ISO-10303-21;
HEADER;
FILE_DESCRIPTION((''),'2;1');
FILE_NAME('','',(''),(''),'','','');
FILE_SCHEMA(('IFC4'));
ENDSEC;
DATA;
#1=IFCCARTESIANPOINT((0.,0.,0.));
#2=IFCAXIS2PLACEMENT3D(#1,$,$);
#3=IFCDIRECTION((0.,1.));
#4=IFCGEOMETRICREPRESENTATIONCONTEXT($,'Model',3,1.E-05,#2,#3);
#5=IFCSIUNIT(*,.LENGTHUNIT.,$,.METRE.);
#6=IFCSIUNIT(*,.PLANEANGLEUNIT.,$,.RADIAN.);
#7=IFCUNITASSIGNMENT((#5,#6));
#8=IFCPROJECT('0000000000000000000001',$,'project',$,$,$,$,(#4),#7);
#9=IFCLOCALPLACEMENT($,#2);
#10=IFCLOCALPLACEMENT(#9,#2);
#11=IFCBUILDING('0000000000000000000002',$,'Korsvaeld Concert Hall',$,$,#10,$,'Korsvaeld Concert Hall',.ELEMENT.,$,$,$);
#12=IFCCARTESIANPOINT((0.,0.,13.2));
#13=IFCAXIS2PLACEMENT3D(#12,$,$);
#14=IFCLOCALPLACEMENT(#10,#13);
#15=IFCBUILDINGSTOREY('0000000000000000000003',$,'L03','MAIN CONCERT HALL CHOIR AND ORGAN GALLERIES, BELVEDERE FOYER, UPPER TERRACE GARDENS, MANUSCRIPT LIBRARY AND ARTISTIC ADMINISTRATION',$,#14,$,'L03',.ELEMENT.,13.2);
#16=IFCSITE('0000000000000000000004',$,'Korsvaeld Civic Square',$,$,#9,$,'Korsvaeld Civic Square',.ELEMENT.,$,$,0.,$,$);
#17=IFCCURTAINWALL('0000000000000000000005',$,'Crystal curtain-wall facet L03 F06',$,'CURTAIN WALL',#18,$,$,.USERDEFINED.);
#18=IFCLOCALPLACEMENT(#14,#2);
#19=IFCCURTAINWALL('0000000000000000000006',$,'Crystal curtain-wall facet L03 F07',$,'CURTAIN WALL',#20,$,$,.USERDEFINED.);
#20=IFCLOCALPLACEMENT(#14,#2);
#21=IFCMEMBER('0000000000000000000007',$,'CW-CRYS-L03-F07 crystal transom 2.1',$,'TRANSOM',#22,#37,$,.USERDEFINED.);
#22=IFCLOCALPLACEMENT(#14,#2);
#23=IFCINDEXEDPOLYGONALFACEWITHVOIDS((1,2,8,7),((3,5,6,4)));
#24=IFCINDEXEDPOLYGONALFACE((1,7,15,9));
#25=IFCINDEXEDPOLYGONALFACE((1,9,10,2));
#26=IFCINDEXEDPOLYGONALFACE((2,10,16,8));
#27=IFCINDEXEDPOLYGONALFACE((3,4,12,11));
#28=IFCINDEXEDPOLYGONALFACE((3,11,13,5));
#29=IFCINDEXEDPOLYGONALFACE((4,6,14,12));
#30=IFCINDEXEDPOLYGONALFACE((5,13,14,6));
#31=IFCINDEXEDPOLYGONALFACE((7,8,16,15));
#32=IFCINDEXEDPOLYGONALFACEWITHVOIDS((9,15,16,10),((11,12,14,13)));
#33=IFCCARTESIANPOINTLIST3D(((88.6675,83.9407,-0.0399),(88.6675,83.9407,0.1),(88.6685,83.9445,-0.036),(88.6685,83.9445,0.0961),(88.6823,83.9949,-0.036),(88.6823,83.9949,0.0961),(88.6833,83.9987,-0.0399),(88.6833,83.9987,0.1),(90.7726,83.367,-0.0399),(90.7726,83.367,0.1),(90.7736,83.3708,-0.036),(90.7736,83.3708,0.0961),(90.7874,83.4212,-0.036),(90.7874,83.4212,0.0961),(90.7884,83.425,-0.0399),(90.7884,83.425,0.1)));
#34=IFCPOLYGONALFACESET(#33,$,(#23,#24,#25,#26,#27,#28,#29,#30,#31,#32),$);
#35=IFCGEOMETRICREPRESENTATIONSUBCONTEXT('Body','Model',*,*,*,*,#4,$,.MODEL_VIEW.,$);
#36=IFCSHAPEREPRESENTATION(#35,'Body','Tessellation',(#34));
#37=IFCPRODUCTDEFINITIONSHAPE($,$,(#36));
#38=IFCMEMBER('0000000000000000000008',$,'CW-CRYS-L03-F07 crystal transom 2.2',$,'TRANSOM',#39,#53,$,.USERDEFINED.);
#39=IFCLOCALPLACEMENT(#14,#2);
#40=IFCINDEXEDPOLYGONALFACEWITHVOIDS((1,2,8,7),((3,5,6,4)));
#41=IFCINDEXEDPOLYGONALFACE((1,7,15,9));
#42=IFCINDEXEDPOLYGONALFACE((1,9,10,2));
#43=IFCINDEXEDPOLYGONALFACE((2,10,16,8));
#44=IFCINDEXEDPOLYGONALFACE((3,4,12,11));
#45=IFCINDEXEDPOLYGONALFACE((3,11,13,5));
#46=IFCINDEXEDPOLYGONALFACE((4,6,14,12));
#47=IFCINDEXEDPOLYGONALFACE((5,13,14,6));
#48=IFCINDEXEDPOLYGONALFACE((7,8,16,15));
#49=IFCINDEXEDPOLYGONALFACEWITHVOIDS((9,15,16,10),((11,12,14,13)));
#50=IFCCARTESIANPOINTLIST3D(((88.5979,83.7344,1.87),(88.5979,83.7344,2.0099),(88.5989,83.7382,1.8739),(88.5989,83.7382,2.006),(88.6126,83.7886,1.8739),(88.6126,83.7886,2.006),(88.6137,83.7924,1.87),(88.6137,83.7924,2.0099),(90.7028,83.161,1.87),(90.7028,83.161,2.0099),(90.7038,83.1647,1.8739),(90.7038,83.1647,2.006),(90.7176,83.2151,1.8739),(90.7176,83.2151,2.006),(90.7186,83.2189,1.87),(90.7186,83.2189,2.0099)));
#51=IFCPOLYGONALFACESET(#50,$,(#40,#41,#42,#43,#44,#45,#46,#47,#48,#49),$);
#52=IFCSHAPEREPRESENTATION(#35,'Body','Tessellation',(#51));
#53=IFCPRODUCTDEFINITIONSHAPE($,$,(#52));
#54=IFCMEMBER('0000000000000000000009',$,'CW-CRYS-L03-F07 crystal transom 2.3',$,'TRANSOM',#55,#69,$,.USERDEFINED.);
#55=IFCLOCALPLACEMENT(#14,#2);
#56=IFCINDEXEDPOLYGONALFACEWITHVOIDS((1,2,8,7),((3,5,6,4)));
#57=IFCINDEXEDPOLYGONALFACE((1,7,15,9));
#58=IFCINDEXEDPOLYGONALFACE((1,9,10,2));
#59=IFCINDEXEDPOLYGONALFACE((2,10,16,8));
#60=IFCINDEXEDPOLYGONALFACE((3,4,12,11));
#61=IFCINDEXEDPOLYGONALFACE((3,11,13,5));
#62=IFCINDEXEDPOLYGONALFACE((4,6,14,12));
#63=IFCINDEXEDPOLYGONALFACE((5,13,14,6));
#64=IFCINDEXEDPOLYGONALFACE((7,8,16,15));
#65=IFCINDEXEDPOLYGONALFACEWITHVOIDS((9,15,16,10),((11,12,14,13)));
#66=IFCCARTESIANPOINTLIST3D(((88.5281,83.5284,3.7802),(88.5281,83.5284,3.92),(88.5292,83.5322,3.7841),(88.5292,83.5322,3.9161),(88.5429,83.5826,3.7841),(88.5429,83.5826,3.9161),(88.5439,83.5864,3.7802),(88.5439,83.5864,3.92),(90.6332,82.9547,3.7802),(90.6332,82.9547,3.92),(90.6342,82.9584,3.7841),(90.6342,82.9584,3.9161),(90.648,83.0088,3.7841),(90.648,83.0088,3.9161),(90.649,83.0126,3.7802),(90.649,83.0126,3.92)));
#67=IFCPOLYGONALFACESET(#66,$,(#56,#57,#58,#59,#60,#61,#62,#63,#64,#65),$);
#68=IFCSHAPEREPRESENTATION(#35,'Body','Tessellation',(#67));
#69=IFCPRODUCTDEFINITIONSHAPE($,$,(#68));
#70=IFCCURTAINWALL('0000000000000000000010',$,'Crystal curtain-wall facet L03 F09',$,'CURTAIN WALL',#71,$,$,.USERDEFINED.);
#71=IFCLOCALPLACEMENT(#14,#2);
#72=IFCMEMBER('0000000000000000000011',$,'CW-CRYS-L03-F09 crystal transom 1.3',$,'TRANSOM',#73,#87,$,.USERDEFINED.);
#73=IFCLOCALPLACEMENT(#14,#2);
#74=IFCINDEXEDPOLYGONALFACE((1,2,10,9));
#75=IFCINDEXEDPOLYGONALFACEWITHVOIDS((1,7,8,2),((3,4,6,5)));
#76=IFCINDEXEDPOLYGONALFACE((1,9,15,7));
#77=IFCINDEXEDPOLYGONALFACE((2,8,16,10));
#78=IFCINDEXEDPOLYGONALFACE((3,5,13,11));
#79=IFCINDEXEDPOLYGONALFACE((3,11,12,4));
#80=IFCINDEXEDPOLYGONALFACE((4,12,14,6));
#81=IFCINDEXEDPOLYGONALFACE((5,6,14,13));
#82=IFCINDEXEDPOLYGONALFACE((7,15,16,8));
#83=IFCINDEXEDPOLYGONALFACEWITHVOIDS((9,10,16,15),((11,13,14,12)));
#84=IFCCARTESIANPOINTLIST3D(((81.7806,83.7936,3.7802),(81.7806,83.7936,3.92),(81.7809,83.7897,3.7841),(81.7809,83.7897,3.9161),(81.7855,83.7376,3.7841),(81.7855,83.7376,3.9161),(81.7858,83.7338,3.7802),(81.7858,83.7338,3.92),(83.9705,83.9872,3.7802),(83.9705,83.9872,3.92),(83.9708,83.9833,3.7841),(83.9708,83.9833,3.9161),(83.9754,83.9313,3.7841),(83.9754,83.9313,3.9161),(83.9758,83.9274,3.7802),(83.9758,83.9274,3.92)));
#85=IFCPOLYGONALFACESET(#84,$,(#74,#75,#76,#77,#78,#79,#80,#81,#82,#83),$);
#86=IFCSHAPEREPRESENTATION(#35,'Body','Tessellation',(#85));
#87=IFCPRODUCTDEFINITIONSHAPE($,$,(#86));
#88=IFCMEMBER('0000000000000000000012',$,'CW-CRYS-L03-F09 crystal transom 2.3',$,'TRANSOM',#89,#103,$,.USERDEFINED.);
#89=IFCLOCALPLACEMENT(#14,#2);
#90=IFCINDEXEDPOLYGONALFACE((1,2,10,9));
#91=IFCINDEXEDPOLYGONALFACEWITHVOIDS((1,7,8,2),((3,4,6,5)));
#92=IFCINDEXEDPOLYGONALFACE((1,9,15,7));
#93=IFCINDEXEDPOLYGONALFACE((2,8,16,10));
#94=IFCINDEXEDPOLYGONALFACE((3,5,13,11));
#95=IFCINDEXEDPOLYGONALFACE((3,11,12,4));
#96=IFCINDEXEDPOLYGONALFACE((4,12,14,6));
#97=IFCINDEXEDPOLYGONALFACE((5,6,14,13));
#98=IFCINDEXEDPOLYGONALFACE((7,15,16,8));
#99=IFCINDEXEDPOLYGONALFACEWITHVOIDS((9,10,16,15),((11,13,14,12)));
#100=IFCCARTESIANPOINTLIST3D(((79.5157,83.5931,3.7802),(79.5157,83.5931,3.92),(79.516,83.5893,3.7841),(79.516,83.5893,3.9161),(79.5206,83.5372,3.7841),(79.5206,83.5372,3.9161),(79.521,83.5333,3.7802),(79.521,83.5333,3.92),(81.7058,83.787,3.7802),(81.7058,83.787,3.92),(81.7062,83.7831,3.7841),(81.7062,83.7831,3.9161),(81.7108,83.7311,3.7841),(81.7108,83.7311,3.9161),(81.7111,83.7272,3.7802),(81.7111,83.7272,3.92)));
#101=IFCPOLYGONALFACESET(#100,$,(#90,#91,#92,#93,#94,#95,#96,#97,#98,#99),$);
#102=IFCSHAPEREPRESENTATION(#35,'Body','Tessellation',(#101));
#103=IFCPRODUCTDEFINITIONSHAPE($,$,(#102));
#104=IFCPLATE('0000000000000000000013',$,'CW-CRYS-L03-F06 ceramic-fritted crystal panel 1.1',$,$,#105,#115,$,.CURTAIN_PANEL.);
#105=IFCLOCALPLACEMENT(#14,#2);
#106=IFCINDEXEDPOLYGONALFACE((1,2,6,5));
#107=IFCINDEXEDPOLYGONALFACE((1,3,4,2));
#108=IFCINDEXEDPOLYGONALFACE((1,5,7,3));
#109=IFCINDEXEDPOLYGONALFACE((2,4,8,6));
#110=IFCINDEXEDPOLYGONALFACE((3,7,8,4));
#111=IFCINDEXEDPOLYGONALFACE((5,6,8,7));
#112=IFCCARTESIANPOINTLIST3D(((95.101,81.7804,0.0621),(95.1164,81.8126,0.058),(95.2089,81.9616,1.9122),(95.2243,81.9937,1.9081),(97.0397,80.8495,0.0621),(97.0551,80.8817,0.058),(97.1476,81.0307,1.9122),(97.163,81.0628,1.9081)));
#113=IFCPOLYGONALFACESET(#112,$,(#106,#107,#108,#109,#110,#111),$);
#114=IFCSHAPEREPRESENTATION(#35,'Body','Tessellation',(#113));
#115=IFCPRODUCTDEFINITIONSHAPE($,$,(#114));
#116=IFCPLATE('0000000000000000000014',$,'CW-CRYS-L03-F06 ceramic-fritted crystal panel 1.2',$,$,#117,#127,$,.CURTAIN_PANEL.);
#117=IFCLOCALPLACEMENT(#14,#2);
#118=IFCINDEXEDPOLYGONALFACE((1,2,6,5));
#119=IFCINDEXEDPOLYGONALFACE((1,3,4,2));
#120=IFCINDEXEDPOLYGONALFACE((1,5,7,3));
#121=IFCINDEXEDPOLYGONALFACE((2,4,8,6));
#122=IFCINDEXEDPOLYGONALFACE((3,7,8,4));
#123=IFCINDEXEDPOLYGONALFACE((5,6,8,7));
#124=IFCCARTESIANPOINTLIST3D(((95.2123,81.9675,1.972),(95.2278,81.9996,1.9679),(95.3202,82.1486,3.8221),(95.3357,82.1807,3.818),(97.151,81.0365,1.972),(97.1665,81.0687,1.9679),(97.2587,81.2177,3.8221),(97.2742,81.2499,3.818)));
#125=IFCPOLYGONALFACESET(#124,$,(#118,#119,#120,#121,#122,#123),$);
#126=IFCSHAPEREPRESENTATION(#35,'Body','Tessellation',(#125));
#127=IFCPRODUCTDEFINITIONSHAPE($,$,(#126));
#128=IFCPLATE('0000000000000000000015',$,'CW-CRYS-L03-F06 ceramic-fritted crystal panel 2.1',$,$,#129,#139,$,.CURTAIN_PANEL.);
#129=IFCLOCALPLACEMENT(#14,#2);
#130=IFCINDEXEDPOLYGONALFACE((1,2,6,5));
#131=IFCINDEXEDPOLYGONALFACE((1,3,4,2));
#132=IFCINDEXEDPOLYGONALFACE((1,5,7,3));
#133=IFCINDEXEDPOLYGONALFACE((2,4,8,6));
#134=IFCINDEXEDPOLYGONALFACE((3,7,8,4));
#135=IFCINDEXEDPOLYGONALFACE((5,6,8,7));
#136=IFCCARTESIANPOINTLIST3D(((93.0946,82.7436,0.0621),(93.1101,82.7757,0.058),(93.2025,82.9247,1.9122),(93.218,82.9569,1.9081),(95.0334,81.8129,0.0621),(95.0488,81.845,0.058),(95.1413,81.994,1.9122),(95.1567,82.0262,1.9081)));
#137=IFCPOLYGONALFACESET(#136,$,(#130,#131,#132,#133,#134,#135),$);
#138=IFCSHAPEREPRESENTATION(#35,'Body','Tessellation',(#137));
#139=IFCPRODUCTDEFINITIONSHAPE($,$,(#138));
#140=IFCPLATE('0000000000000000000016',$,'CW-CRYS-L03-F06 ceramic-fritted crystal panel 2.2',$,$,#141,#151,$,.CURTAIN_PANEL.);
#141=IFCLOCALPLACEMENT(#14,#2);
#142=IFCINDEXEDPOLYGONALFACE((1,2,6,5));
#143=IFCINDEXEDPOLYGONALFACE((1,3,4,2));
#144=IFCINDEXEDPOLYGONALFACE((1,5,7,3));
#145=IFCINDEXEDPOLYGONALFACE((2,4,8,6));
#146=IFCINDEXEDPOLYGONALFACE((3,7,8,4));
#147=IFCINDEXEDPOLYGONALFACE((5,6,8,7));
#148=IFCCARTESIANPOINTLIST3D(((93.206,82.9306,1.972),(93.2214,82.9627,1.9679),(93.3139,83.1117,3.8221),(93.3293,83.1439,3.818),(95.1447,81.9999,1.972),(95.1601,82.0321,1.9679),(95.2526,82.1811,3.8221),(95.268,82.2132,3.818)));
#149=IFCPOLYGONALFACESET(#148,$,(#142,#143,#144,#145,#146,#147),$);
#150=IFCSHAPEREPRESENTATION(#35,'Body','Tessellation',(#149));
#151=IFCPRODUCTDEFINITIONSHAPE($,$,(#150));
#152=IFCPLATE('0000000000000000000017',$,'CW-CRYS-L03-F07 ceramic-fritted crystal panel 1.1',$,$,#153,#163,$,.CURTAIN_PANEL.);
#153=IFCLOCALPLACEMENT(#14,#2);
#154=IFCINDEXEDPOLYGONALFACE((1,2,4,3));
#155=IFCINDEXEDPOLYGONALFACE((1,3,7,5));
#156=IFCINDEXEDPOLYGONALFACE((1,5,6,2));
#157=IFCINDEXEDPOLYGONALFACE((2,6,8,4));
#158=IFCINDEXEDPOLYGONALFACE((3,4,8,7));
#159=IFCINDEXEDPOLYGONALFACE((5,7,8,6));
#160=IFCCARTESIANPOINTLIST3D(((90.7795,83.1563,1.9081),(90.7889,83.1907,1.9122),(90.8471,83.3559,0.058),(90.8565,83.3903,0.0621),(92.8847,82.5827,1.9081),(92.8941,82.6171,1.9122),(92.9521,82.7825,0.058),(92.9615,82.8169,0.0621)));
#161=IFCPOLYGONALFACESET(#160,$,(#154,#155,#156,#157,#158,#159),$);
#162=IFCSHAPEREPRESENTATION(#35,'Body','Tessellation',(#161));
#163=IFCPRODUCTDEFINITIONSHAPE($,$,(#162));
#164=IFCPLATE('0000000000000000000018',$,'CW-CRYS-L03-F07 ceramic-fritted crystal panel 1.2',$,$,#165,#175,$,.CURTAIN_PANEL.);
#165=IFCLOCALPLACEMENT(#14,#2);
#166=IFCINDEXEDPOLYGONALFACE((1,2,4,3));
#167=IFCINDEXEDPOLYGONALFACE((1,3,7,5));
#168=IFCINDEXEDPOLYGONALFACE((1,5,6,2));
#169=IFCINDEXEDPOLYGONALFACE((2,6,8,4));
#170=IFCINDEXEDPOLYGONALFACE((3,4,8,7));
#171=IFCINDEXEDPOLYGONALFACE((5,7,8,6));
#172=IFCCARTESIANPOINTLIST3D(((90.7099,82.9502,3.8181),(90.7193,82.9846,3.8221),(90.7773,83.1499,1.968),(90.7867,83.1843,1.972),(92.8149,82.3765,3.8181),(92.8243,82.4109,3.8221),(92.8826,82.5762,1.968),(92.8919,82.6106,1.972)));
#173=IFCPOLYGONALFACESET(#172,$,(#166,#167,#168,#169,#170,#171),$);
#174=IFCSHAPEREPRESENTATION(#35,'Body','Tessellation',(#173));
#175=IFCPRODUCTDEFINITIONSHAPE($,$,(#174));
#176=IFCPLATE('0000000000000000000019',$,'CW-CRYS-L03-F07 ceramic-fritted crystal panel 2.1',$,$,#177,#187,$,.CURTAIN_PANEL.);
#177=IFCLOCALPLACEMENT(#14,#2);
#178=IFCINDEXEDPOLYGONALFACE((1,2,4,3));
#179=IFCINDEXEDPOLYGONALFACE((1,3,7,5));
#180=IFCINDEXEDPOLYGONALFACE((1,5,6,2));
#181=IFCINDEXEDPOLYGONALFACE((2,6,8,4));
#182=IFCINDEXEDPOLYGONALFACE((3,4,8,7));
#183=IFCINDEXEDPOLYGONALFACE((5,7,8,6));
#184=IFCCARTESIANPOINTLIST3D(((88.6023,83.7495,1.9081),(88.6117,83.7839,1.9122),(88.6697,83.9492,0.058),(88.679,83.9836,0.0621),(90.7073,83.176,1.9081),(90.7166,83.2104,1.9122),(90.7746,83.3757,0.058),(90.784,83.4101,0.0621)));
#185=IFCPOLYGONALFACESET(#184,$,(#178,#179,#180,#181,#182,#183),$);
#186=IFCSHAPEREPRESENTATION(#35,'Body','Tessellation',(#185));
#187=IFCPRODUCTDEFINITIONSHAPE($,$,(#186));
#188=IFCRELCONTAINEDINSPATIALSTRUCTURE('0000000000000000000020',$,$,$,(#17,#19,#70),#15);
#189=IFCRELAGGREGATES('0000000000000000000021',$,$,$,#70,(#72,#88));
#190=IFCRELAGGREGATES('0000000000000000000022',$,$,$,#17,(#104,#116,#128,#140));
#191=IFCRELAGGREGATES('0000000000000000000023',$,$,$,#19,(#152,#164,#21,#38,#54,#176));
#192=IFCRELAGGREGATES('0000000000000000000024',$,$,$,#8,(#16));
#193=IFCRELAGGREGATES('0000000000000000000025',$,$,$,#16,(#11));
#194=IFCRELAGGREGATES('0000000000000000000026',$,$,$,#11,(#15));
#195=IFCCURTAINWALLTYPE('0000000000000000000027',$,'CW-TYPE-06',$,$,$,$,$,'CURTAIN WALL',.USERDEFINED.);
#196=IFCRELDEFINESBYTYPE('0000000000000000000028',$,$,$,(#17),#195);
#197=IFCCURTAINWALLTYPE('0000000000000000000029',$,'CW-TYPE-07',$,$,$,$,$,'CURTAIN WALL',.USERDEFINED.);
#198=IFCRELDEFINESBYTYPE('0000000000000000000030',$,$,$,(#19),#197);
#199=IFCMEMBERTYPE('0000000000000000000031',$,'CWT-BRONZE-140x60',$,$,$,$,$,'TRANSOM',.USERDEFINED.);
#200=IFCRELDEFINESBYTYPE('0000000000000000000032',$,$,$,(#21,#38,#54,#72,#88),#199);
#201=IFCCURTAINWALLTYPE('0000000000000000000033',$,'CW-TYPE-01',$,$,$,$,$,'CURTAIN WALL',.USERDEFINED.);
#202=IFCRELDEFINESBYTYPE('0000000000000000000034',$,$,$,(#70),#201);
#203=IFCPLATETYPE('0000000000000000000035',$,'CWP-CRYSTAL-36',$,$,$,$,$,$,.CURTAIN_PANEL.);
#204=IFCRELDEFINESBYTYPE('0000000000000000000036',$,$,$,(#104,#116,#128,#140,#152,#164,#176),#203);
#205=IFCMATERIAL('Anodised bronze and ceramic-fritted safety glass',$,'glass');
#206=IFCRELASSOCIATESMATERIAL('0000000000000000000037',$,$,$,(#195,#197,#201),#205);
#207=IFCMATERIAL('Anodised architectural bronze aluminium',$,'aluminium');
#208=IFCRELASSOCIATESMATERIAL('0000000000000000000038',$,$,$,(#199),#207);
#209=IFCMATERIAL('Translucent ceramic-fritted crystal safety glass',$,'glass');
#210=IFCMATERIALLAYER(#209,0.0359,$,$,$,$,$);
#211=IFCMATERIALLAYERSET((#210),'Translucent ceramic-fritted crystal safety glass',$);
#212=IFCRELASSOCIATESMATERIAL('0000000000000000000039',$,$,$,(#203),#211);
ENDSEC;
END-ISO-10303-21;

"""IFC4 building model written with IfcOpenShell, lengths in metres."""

from ifc_helpers import new_model, si_unit, direction, frame, origin, origin_2d, place, context, subcontext, project, spatial, polyline, hollow_rectangle, outline, extrude, material, layer, layer_set, material_profile, profile_set, type_object, element, aggregate, save


model = new_model("IFC4")

# Units and contexts
model_context = context("Model", 3, precision=1e-05, world=origin(), true_north=direction((0.0, 1.0)))
body_context = subcontext(model_context, "Body", "Model", "MODEL_VIEW")
ifc_project = project(units=[si_unit("LENGTHUNIT", "METRE"), si_unit("PLANEANGLEUNIT", "RADIAN")], contexts=[model_context])

# Site, building, storey
site_placement = place(None, origin())
site = spatial("IfcSite", under=ifc_project, at=site_placement, Name="Korsvaeld Civic Square", LongName="Korsvaeld Civic Square", CompositionType="ELEMENT", RefElevation=0.0)
building_placement = place(site_placement, origin())
building = spatial("IfcBuilding", under=site, at=building_placement, Name="Korsvaeld Concert Hall", LongName="Korsvaeld Concert Hall", CompositionType="ELEMENT")
storey_placement = place(building_placement, frame((0.0, 0.0, 13.2)))
storey = spatial("IfcBuildingStorey", under=building, at=storey_placement, Name="L03", Description="MAIN CONCERT HALL CHOIR AND ORGAN GALLERIES, BELVEDERE FOYER, UPPER TERRACE GARDENS, MANUSCRIPT LIBRARY AND ARTISTIC ADMINISTRATION", LongName="L03", CompositionType="ELEMENT", Elevation=13.2)

# Curtain wall
ifc_material_1 = material(Name="Anodised bronze and ceramic-fritted safety glass", Category="glass")
curtain_wall_type_1 = type_object("IfcCurtainWallType", Name="CW-TYPE-06", ElementType="CURTAIN WALL", PredefinedType="USERDEFINED", material=ifc_material_1)
curtain_wall_1_placement = place(storey_placement, origin())
curtain_wall_1 = element("IfcCurtainWall", 1, at=curtain_wall_1_placement, inside=storey, type_object=curtain_wall_type_1, Name="Crystal curtain-wall facet L03 F06", ObjectType="CURTAIN WALL", PredefinedType="USERDEFINED")
ifc_material_2 = material(Name="Anodised architectural bronze aluminium", Category="aluminium")

# Curtain wall
curtain_wall_type_2 = type_object("IfcCurtainWallType", Name="CW-TYPE-07", ElementType="CURTAIN WALL", PredefinedType="USERDEFINED", material=ifc_material_1)
curtain_wall_2_placement = place(storey_placement, origin())
curtain_wall_2 = element("IfcCurtainWall", 2, at=curtain_wall_2_placement, inside=storey, type_object=curtain_wall_type_2, Name="Crystal curtain-wall facet L03 F07", ObjectType="CURTAIN WALL", PredefinedType="USERDEFINED")

# Members
ifc_material_profile_1 = material_profile(ifc_material_2, hollow_rectangle(XDim=0.0601, YDim=0.1399, WallThickness=0.0039, at=origin_2d()), Name="CWT 140x60x4")
ifc_profile_set_1 = profile_set([ifc_material_profile_1], Name="Anodised architectural bronze aluminium")
member_type_1 = type_object("IfcMemberType", Name="CWT-BRONZE-140x60", ElementType="TRANSOM", PredefinedType="USERDEFINED", material=ifc_profile_set_1)
member_1_placement = place(storey_placement, frame((90.7805, 83.396, 0.03), z_axis=(-0.964813, 0.262938, 0.0), x_axis=(-0.262938, -0.964813, 0.0)))
member_1 = element("IfcMember", 3, at=member_1_placement, type_object=member_type_1, Name="CW-CRYS-L03-F07 crystal transom 2.1", ObjectType="TRANSOM", PredefinedType="USERDEFINED", context=body_context, shape_type="SweptSolid", body=[
    extrude(hollow_rectangle(XDim=0.0601, YDim=0.1399, WallThickness=0.0039, at=origin_2d()), origin(), (0.0, 0.0, 1.0), 2.1819),
])
member_2_placement = place(storey_placement, frame((90.7107, 83.1899, 1.9399), z_axis=(-0.964834, 0.262862, 0.0), x_axis=(-0.262862, -0.964834, 0.0)))
member_2 = element("IfcMember", 4, at=member_2_placement, type_object=member_type_1, Name="CW-CRYS-L03-F07 crystal transom 2.2", ObjectType="TRANSOM", PredefinedType="USERDEFINED", context=body_context, shape_type="SweptSolid", body=[
    extrude(hollow_rectangle(XDim=0.0601, YDim=0.1399, WallThickness=0.0039, at=origin_2d()), origin(), (0.0, 0.0, 1.0), 2.1816),
])
member_3_placement = place(storey_placement, frame((90.6411, 82.9836, 3.8501), z_axis=(-0.964805, 0.262966, 0.0), x_axis=(-0.262966, -0.964805, 0.0)))
member_3 = element("IfcMember", 5, at=member_3_placement, type_object=member_type_1, Name="CW-CRYS-L03-F07 crystal transom 2.3", ObjectType="TRANSOM", PredefinedType="USERDEFINED", context=body_context, shape_type="SweptSolid", body=[
    extrude(hollow_rectangle(XDim=0.0601, YDim=0.1399, WallThickness=0.0039, at=origin_2d()), origin(), (0.0, 0.0, 1.0), 2.1819),
])

# Curtain wall, members
curtain_wall_type_3 = type_object("IfcCurtainWallType", Name="CW-TYPE-01", ElementType="CURTAIN WALL", PredefinedType="USERDEFINED", material=ifc_material_1)
curtain_wall_3_placement = place(storey_placement, origin())
curtain_wall_3 = element("IfcCurtainWall", 6, at=curtain_wall_3_placement, inside=storey, type_object=curtain_wall_type_3, Name="Crystal curtain-wall facet L03 F09", ObjectType="CURTAIN WALL", PredefinedType="USERDEFINED")
member_4_placement = place(storey_placement, frame((83.9731, 83.9573, 3.8501), z_axis=(-0.996115, -0.088062, 0.0), x_axis=(0.088062, -0.996115, 0.0)))
member_4 = element("IfcMember", 7, at=member_4_placement, type_object=member_type_1, Name="CW-CRYS-L03-F09 crystal transom 1.3", ObjectType="TRANSOM", PredefinedType="USERDEFINED", context=body_context, shape_type="SweptSolid", body=[
    extrude(hollow_rectangle(XDim=0.0601, YDim=0.1399, WallThickness=0.0039, at=origin_2d()), origin(), (0.0, 0.0, 1.0), 2.1985),
])
member_5_placement = place(storey_placement, frame((81.7085, 83.7571, 3.8501), z_axis=(-0.996106, -0.088163, 0.0), x_axis=(0.088163, -0.996106, 0.0)))
member_5 = element("IfcMember", 8, at=member_5_placement, type_object=member_type_1, Name="CW-CRYS-L03-F09 crystal transom 2.3", ObjectType="TRANSOM", PredefinedType="USERDEFINED", context=body_context, shape_type="SweptSolid", body=[
    extrude(hollow_rectangle(XDim=0.0601, YDim=0.1399, WallThickness=0.0039, at=origin_2d()), origin(), (0.0, 0.0, 1.0), 2.1987),
])
aggregate(curtain_wall_3, [member_4, member_5])

# Plates
ifc_material_3 = material(Name="Translucent ceramic-fritted crystal safety glass", Category="glass")
ifc_layer_1 = layer(ifc_material_3, 0.0359)
ifc_layer_set_1 = layer_set([ifc_layer_1], Name="Translucent ceramic-fritted crystal safety glass")
plate_type = type_object("IfcPlateType", Name="CWP-CRYSTAL-36", PredefinedType="CURTAIN_PANEL", material=ifc_layer_set_1)
plate_1_placement = place(storey_placement, frame((97.0474, 80.8655, 0.0601), z_axis=(0.430091, 0.895712, -0.112789), x_axis=(-0.901465, 0.432853, 0.0)))
plate_1 = element("IfcPlate", 9, at=plate_1_placement, type_object=plate_type, Name="CW-CRYS-L03-F06 ceramic-fritted crystal panel 1.1", PredefinedType="CURTAIN_PANEL", context=body_context, shape_type="SweptSolid", body=[
    extrude(outline(polyline([(0.0, 0.0), (2.1506, 0.0), (2.1318, 1.862), (-0.0189, 1.862), (0.0, 0.0)])), frame((0.0, 0.0, 0.0181)), (0.0, 0.0, -1.0), 0.0359),
])
plate_2_placement = place(storey_placement, frame((97.1587, 81.0525, 1.97), z_axis=(0.430114, 0.895705, -0.112762), x_axis=(-0.901454, 0.432875, -0.000003)))
plate_2 = element("IfcPlate", 10, at=plate_2_placement, type_object=plate_type, Name="CW-CRYS-L03-F06 ceramic-fritted crystal panel 1.2", PredefinedType="CURTAIN_PANEL", context=body_context, shape_type="SweptSolid", body=[
    extrude(outline(polyline([(0.0, 0.0), (2.1506, 0.0), (2.1318, 1.862), (-0.0186, 1.862), (0.0, 0.0)])), frame((0.0, 0.0, 0.0181)), (0.0, 0.0, -1.0), 0.0359),
])
plate_3_placement = place(storey_placement, frame((95.041, 81.8289, 0.0601), z_axis=(0.429999, 0.895756, -0.112788), x_axis=(-0.901509, 0.432761, 0.0)))
plate_3 = element("IfcPlate", 11, at=plate_3_placement, type_object=plate_type, Name="CW-CRYS-L03-F06 ceramic-fritted crystal panel 2.1", PredefinedType="CURTAIN_PANEL", context=body_context, shape_type="SweptSolid", body=[
    extrude(outline(polyline([(0.0, 0.0), (2.1505, 0.0), (2.1316, 1.862), (-0.0189, 1.862), (0.0, 0.0)])), frame((0.0, 0.0, 0.0181)), (0.0, 0.0, -1.0), 0.0359),
])
plate_4_placement = place(storey_placement, frame((95.1523, 82.0159, 1.97), z_axis=(0.429999, 0.895756, -0.112788), x_axis=(-0.901509, 0.432761, 0.0)))
plate_4 = element("IfcPlate", 12, at=plate_4_placement, type_object=plate_type, Name="CW-CRYS-L03-F06 ceramic-fritted crystal panel 2.2", PredefinedType="CURTAIN_PANEL", context=body_context, shape_type="SweptSolid", body=[
    extrude(outline(polyline([(0.0, 0.0), (2.1505, 0.0), (2.1316, 1.862), (-0.0189, 1.862), (0.0, 0.0)])), frame((0.0, 0.0, 0.0181)), (0.0, 0.0, -1.0), 0.0359),
])
aggregate(curtain_wall_1, [plate_1, plate_2, plate_3, plate_4])
plate_5_placement = place(storey_placement, frame((92.9568, 82.7996, 0.0601), z_axis=(0.261164, 0.958656, 0.11301), x_axis=(-0.964837, 0.262848, -0.000002)))
plate_5 = element("IfcPlate", 13, at=plate_5_placement, type_object=plate_type, Name="CW-CRYS-L03-F07 ceramic-fritted crystal panel 1.1", PredefinedType="CURTAIN_PANEL", context=body_context, shape_type="SweptSolid", body=[
    extrude(outline(polyline([(0.0, 0.0), (2.1817, 0.0), (2.1945, 1.862), (0.0125, 1.862), (0.0, 0.0)])), frame((0.0, 0.0, 0.0181)), (0.0, 0.0, -1.0), 0.0359),
])
plate_6_placement = place(storey_placement, frame((92.8872, 82.5933, 1.97), z_axis=(0.261267, 0.958628, 0.113011), x_axis=(-0.964809, 0.262952, 0.000002)))
plate_6 = element("IfcPlate", 14, at=plate_6_placement, type_object=plate_type, Name="CW-CRYS-L03-F07 ceramic-fritted crystal panel 1.2", PredefinedType="CURTAIN_PANEL", context=body_context, shape_type="SweptSolid", body=[
    extrude(outline(polyline([(0.0, 0.0), (2.182, 0.0), (2.1945, 1.862), (0.0127, 1.862), (0.0, 0.0)])), frame((0.0, 0.0, 0.0181)), (0.0, 0.0, -1.0), 0.0359),
])
plate_7_placement = place(storey_placement, frame((90.7793, 83.3928, 0.0601), z_axis=(0.261178, 0.958654, 0.112993), x_axis=(-0.964834, 0.262862, 0.0)))
plate_7 = element("IfcPlate", 15, at=plate_7_placement, type_object=plate_type, Name="CW-CRYS-L03-F07 ceramic-fritted crystal panel 2.1", PredefinedType="CURTAIN_PANEL", context=body_context, shape_type="SweptSolid", body=[
    extrude(outline(polyline([(0.0, 0.0), (2.1817, 0.0), (2.1942, 1.862), (0.0125, 1.862), (0.0, 0.0)])), frame((0.0, 0.0, 0.0181)), (0.0, 0.0, -1.0), 0.0359),
])
aggregate(curtain_wall_2, [plate_5, plate_6, member_1, member_2, member_3, plate_7])

save(model, "model.ifc")
